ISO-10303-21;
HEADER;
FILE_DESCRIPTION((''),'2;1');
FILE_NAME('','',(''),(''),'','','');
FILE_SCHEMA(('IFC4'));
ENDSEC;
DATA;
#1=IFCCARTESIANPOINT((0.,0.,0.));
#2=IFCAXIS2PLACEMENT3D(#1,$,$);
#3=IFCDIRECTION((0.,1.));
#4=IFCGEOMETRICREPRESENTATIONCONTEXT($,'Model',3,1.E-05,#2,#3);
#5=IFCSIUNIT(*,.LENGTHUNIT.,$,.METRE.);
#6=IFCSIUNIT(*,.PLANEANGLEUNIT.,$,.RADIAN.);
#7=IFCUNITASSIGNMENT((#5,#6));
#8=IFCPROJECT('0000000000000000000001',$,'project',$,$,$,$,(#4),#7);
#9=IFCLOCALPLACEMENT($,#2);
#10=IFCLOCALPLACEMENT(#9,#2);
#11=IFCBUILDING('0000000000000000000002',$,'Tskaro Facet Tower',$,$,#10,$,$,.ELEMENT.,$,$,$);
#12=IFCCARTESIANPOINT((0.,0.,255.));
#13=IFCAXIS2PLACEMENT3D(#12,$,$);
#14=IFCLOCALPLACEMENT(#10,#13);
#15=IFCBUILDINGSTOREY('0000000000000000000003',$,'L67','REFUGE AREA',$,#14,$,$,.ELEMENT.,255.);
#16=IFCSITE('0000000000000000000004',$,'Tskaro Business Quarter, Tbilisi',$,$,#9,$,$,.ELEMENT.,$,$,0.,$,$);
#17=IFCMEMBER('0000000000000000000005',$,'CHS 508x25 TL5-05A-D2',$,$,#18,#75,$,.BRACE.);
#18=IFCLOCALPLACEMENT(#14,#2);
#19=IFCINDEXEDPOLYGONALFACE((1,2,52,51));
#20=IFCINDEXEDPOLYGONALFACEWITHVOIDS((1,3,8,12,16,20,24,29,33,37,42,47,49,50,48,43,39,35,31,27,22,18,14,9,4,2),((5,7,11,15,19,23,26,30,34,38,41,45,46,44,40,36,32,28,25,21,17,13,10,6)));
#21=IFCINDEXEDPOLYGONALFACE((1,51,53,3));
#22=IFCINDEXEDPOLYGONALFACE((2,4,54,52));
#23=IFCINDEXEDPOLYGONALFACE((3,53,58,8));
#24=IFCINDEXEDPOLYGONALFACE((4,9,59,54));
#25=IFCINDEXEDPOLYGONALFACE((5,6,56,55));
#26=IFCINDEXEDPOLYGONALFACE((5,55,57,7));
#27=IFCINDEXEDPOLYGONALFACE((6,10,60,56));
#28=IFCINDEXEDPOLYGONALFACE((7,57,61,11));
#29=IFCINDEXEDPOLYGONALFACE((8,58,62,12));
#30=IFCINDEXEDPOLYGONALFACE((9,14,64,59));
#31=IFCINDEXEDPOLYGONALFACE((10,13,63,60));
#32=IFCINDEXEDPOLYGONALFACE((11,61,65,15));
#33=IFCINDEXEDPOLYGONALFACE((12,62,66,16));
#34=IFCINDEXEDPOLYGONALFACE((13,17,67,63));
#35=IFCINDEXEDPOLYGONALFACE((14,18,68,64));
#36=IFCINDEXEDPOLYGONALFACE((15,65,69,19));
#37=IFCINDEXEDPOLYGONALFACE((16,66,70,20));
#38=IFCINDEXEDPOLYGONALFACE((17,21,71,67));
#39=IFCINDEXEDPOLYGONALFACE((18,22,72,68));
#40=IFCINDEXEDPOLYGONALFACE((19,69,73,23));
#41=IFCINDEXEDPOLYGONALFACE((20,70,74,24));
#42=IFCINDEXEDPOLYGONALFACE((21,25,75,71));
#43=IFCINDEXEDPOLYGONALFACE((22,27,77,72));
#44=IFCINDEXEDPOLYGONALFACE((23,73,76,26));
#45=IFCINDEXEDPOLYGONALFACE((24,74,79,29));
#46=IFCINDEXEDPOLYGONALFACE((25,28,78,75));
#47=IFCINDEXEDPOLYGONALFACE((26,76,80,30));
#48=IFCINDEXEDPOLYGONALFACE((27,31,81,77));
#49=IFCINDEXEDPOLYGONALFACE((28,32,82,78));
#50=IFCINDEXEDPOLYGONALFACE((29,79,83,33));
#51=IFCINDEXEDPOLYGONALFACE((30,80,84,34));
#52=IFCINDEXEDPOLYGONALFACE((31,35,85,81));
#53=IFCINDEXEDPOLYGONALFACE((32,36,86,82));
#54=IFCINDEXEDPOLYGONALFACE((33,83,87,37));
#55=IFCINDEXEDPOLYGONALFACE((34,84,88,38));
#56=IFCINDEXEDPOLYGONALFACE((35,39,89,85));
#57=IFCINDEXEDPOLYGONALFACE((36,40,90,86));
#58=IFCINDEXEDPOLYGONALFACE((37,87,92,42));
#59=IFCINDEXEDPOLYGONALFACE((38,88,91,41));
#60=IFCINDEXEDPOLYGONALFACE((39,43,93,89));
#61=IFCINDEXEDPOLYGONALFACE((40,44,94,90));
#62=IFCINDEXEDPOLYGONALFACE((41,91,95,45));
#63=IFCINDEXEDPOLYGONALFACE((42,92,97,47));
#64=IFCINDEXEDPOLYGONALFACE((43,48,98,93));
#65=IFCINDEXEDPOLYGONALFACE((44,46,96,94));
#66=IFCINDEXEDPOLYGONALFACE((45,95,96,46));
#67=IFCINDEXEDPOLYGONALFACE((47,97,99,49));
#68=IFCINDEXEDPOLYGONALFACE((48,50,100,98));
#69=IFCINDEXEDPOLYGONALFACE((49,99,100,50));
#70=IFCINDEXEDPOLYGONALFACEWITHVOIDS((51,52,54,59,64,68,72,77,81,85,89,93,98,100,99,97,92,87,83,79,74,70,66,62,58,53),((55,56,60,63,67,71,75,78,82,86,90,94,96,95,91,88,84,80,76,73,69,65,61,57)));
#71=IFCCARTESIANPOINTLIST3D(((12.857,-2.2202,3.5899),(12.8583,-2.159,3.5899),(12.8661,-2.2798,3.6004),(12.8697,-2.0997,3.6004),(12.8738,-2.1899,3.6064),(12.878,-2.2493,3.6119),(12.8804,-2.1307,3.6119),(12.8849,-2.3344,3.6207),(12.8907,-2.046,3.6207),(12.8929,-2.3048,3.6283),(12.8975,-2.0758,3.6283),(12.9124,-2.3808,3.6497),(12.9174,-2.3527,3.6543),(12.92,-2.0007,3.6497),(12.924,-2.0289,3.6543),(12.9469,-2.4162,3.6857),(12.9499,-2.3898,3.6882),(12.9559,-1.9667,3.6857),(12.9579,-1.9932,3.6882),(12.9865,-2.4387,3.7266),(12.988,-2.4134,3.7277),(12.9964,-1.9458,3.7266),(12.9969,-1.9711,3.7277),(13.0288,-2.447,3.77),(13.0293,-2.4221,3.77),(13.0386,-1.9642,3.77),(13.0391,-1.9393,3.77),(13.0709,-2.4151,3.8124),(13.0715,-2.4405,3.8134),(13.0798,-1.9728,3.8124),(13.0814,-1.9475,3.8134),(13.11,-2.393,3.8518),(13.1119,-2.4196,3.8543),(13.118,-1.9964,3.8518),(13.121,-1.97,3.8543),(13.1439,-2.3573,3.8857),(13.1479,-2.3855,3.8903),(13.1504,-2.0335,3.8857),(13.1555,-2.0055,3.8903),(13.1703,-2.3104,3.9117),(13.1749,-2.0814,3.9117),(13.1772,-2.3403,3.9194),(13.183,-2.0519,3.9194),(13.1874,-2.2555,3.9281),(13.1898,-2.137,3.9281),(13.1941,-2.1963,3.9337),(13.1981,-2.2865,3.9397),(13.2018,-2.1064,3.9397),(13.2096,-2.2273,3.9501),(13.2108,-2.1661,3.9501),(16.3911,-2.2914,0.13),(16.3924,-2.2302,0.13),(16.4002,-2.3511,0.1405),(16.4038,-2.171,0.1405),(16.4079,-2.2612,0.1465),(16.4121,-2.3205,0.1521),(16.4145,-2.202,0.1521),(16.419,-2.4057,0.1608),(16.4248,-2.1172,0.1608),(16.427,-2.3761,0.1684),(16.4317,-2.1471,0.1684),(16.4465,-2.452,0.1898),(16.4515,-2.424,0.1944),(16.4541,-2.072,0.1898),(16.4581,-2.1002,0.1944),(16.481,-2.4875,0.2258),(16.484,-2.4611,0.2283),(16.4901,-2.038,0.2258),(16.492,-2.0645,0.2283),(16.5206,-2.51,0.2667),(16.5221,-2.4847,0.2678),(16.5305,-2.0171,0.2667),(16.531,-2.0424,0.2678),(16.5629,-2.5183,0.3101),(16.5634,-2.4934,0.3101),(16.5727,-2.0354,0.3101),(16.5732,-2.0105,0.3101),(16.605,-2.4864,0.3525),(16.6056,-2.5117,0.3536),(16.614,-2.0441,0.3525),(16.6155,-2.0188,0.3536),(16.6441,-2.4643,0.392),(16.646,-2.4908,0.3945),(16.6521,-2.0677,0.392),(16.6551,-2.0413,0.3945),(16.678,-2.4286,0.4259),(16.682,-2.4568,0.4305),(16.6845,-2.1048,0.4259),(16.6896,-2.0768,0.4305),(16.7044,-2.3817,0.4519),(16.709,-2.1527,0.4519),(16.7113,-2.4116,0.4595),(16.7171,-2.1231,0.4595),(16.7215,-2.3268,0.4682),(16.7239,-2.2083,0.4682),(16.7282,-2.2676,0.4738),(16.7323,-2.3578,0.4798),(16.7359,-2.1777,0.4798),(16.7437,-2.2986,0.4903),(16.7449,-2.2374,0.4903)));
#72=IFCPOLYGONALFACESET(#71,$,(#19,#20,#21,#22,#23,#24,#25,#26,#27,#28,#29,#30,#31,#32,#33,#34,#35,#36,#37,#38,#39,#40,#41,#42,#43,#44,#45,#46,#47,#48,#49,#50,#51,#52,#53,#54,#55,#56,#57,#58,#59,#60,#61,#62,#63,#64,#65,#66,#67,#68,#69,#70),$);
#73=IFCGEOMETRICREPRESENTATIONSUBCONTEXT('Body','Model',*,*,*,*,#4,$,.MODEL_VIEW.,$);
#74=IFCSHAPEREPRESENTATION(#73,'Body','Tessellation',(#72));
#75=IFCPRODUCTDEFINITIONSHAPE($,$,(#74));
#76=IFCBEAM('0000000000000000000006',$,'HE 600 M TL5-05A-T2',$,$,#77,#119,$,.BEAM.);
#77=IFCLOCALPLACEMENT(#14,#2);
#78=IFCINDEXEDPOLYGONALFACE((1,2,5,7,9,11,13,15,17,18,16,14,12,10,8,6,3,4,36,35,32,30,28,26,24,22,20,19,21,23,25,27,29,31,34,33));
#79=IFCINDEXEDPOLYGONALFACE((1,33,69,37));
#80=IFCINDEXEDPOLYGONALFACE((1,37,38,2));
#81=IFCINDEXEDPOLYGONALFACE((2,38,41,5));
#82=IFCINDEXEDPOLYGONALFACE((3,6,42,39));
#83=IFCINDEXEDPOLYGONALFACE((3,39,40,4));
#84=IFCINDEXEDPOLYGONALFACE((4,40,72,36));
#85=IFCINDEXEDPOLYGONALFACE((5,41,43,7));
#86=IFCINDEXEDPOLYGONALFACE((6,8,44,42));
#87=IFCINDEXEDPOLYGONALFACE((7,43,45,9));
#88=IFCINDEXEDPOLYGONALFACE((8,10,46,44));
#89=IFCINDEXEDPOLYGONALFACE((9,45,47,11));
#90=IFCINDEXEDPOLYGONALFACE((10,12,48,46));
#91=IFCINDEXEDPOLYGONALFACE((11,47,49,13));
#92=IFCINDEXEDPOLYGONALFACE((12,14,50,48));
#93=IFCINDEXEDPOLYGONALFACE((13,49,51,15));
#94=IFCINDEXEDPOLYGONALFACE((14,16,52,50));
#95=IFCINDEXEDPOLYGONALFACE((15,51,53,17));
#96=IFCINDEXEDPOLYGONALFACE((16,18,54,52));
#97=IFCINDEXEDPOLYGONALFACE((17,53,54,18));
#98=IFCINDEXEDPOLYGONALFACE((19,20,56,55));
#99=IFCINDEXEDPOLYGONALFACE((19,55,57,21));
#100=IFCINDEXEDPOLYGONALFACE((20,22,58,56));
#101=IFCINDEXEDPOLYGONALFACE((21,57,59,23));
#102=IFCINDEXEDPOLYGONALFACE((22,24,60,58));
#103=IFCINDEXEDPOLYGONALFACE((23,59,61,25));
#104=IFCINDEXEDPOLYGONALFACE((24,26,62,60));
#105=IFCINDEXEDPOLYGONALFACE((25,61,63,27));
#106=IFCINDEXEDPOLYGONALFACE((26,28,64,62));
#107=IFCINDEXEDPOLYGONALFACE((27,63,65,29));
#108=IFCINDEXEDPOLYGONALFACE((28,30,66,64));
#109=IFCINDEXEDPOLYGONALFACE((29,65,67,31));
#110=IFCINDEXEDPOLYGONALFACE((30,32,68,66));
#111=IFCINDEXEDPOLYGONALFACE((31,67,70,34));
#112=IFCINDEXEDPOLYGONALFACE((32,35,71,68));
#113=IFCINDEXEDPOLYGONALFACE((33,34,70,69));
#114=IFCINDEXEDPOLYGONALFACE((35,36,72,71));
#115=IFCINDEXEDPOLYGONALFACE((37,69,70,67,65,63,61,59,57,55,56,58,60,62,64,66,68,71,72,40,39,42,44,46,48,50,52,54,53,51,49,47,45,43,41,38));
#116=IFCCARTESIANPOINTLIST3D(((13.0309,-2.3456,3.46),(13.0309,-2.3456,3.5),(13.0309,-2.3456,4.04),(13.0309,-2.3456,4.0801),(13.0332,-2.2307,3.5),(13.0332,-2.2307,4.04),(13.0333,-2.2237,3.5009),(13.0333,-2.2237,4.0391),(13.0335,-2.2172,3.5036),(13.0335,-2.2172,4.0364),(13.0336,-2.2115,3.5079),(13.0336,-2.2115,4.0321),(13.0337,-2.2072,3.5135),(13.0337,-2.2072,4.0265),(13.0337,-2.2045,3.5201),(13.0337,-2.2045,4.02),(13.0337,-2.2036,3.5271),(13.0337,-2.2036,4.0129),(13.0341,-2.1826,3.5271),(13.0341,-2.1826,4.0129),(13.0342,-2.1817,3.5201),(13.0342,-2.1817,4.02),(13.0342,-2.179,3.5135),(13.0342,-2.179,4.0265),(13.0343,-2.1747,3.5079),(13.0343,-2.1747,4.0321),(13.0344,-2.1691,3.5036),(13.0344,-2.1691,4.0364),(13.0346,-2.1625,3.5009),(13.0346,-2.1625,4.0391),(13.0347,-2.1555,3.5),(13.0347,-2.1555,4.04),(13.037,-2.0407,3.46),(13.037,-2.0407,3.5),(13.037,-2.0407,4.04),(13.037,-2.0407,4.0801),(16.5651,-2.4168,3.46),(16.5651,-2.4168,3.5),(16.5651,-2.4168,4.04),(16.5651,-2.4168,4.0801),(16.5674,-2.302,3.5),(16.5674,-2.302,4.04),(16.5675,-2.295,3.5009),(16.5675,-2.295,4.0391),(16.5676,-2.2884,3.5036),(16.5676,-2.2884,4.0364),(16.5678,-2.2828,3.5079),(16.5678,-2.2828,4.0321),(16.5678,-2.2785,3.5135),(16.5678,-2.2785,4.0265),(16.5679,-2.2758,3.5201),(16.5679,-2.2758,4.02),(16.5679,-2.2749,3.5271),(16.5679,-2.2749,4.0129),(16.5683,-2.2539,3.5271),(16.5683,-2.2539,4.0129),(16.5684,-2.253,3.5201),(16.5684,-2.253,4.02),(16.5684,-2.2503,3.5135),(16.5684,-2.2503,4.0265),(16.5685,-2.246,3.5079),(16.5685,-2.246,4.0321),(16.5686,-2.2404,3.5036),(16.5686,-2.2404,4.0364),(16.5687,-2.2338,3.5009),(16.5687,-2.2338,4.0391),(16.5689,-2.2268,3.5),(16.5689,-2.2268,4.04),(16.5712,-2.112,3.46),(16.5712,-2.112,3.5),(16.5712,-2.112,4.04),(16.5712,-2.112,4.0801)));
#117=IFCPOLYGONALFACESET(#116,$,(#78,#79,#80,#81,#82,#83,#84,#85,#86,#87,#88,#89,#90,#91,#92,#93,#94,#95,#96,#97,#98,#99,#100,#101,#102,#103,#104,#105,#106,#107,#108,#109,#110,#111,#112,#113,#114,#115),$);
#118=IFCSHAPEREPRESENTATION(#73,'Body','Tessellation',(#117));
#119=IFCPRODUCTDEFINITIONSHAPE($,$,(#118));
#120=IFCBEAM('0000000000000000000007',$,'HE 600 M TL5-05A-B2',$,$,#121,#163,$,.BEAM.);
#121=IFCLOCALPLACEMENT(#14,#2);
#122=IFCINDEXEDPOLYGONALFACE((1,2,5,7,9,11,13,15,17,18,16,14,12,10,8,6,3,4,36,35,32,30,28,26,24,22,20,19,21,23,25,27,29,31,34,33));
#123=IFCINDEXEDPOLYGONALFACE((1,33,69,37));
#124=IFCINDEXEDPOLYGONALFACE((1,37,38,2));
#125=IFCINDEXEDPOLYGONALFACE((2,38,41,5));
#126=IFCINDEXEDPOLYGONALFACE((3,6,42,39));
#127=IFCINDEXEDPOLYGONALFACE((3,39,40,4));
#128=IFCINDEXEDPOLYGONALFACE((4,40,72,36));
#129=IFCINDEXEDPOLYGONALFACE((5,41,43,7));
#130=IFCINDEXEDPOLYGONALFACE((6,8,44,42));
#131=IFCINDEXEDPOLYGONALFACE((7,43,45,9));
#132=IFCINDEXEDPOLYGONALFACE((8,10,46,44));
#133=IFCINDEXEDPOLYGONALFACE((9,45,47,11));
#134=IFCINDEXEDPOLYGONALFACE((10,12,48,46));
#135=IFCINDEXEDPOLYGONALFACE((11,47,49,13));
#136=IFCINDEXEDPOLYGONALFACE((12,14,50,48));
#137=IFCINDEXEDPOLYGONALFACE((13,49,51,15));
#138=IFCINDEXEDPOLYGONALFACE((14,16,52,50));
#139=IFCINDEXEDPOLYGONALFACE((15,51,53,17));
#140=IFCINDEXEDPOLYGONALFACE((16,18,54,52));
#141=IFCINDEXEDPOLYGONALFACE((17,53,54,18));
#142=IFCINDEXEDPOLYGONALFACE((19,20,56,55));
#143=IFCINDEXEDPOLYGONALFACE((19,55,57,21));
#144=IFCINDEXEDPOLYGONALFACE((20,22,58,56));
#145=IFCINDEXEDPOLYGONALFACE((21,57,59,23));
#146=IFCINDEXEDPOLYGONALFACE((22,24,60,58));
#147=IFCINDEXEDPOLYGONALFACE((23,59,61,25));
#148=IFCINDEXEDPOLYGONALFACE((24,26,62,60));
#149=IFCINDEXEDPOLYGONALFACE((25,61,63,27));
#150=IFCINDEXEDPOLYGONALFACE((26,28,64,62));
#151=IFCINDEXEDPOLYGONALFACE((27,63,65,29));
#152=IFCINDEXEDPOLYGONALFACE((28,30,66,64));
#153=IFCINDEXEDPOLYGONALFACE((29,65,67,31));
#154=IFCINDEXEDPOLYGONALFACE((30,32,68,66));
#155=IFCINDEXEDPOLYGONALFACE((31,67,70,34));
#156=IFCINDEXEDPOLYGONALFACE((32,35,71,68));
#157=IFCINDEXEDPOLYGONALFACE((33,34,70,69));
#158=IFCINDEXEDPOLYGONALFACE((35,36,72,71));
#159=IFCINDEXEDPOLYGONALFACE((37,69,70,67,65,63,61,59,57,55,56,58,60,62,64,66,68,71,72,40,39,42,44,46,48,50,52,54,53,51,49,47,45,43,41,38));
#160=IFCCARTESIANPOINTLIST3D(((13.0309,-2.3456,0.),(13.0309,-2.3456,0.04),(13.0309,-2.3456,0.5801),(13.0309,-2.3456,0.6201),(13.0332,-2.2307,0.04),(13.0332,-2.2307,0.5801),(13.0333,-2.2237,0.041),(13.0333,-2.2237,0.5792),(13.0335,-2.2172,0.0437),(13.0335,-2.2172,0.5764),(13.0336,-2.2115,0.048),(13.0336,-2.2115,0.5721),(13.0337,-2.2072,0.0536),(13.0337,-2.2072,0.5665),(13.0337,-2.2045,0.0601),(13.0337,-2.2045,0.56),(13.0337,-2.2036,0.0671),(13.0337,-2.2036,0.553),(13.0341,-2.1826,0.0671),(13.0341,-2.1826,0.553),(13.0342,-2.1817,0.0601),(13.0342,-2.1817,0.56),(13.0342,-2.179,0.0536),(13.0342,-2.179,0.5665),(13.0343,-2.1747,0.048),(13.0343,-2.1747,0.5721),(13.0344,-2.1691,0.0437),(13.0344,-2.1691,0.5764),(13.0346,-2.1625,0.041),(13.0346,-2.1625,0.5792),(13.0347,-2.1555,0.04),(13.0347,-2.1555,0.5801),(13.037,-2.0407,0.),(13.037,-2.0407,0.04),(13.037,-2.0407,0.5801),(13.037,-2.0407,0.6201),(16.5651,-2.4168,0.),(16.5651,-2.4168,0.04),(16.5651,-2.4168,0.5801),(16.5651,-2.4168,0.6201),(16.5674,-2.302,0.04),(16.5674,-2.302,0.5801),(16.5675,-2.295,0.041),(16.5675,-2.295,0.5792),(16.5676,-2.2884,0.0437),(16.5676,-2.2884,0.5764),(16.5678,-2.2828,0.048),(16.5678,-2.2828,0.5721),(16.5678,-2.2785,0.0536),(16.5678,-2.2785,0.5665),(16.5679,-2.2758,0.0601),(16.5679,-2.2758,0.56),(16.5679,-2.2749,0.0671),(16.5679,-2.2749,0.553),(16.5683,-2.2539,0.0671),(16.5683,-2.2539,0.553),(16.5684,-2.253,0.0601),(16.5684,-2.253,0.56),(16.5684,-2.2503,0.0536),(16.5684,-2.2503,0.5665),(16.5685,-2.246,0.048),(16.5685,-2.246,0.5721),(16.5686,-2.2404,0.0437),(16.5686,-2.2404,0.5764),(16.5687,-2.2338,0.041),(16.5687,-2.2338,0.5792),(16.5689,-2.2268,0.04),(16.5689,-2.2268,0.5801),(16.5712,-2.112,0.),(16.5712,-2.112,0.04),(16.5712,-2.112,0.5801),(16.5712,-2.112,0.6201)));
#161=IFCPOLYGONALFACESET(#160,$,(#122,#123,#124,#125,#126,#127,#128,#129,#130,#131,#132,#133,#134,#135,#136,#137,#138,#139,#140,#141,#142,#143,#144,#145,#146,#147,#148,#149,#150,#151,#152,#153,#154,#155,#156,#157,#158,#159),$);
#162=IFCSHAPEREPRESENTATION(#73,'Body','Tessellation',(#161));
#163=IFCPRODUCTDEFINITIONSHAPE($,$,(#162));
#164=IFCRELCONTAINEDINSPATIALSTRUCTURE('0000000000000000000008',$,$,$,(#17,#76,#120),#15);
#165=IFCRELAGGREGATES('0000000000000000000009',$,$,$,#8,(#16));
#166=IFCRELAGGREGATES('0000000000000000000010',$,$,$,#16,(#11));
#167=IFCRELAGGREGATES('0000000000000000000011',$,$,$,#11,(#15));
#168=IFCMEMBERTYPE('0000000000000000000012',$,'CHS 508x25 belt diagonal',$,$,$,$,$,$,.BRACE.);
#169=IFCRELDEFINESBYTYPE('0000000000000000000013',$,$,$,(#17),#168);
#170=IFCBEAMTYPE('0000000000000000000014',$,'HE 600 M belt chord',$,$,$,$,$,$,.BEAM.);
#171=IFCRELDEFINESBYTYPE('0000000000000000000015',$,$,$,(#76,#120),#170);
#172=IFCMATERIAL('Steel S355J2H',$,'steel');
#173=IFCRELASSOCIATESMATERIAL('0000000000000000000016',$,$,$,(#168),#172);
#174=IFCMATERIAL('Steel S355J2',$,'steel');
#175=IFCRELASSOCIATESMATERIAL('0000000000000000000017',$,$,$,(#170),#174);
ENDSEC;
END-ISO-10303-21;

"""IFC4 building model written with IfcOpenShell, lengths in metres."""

from ifc_helpers import new_model, si_unit, direction, frame, origin, origin_2d, place, context, subcontext, project, spatial, hollow_circle, i_section, extrude, material, material_profile, profile_set, type_object, element, save


model = new_model("IFC4")

# Units and contexts
model_context = context("Model", 3, precision=1e-05, world=origin(), true_north=direction((0.0, 1.0)))
body_context = subcontext(model_context, "Body", "Model", "MODEL_VIEW")
ifc_project = project(units=[si_unit("LENGTHUNIT", "METRE"), si_unit("PLANEANGLEUNIT", "RADIAN")], contexts=[model_context])

# Site, building, storey
site_placement = place(None, origin())
site = spatial("IfcSite", under=ifc_project, at=site_placement, Name="Tskaro Business Quarter, Tbilisi", CompositionType="ELEMENT", RefElevation=0.0)
building_placement = place(site_placement, origin())
building = spatial("IfcBuilding", under=site, at=building_placement, Name="Tskaro Facet Tower", CompositionType="ELEMENT")
storey_placement = place(building_placement, frame((0.0, 0.0, 255.0)))
storey = spatial("IfcBuildingStorey", under=building, at=storey_placement, Name="L67", Description="REFUGE AREA", CompositionType="ELEMENT", Elevation=255.0)

# Member
ifc_material_1 = material(Name="Steel S355J2H", Category="steel")
ifc_material_profile_1 = material_profile(ifc_material_1, hollow_circle(Radius=0.2539, WallThickness=0.0249, at=origin_2d()), Name="CHS 508x25")
ifc_profile_set_1 = profile_set([ifc_material_profile_1], Name="Steel S355J2H")
member_type = type_object("IfcMemberType", Name="CHS 508x25 belt diagonal", PredefinedType="BRACE", material=ifc_profile_set_1)
member_placement = place(storey_placement, frame((13.0339, -2.1931, 3.77), z_axis=(0.714496, -0.014412, -0.699491), x_axis=(0.020167, 0.999797, 0.0)))
element("IfcMember", 1, at=member_placement, inside=storey, type_object=member_type, Name="CHS 508x25 TL5-05A-D2", PredefinedType="BRACE", context=body_context, shape_type="SweptSolid", body=[
    extrude(hollow_circle(Radius=0.2539, WallThickness=0.0249, at=origin_2d()), origin(), (0.0, 0.0, 1.0), 4.9463),
])

# Beams
ifc_material_2 = material(Name="Steel S355J2", Category="steel")
ifc_material_profile_2 = material_profile(ifc_material_2, i_section(OverallWidth=0.3049, OverallDepth=0.6201, WebThickness=0.021, FlangeThickness=0.04, FilletRadius=0.0271, at=origin_2d()), Name="HE 600 M")
ifc_profile_set_2 = profile_set([ifc_material_profile_2], Name="Steel S355J2")
beam_type_1 = type_object("IfcBeamType", Name="HE 600 M belt chord", PredefinedType="BEAM", material=ifc_profile_set_2)
for number, where, z_axis, x_axis, name in (
    (2, (13.0339, -2.1931, 3.77), (0.999797, -0.020167, 0.0), (0.020167, 0.999797, 0.0), "HE 600 M TL5-05A-T2"),
    (3, (13.0339, -2.1931, 0.3101), (0.999797, -0.020167, 0.0), (0.020167, 0.999797, 0.0), "HE 600 M TL5-05A-B2"),
):
    element("IfcBeam", number, at=place(storey_placement, frame(where, z_axis=z_axis, x_axis=x_axis)), inside=storey, type_object=beam_type_1, Name=name, PredefinedType="BEAM", context=body_context, shape_type="SweptSolid", body=[
        extrude(i_section(OverallWidth=0.3049, OverallDepth=0.6201, WebThickness=0.021, FlangeThickness=0.04, FilletRadius=0.0271, at=origin_2d()), origin(), (0.0, 0.0, 1.0), 3.5349),
    ])

save(model, "model.ifc")
